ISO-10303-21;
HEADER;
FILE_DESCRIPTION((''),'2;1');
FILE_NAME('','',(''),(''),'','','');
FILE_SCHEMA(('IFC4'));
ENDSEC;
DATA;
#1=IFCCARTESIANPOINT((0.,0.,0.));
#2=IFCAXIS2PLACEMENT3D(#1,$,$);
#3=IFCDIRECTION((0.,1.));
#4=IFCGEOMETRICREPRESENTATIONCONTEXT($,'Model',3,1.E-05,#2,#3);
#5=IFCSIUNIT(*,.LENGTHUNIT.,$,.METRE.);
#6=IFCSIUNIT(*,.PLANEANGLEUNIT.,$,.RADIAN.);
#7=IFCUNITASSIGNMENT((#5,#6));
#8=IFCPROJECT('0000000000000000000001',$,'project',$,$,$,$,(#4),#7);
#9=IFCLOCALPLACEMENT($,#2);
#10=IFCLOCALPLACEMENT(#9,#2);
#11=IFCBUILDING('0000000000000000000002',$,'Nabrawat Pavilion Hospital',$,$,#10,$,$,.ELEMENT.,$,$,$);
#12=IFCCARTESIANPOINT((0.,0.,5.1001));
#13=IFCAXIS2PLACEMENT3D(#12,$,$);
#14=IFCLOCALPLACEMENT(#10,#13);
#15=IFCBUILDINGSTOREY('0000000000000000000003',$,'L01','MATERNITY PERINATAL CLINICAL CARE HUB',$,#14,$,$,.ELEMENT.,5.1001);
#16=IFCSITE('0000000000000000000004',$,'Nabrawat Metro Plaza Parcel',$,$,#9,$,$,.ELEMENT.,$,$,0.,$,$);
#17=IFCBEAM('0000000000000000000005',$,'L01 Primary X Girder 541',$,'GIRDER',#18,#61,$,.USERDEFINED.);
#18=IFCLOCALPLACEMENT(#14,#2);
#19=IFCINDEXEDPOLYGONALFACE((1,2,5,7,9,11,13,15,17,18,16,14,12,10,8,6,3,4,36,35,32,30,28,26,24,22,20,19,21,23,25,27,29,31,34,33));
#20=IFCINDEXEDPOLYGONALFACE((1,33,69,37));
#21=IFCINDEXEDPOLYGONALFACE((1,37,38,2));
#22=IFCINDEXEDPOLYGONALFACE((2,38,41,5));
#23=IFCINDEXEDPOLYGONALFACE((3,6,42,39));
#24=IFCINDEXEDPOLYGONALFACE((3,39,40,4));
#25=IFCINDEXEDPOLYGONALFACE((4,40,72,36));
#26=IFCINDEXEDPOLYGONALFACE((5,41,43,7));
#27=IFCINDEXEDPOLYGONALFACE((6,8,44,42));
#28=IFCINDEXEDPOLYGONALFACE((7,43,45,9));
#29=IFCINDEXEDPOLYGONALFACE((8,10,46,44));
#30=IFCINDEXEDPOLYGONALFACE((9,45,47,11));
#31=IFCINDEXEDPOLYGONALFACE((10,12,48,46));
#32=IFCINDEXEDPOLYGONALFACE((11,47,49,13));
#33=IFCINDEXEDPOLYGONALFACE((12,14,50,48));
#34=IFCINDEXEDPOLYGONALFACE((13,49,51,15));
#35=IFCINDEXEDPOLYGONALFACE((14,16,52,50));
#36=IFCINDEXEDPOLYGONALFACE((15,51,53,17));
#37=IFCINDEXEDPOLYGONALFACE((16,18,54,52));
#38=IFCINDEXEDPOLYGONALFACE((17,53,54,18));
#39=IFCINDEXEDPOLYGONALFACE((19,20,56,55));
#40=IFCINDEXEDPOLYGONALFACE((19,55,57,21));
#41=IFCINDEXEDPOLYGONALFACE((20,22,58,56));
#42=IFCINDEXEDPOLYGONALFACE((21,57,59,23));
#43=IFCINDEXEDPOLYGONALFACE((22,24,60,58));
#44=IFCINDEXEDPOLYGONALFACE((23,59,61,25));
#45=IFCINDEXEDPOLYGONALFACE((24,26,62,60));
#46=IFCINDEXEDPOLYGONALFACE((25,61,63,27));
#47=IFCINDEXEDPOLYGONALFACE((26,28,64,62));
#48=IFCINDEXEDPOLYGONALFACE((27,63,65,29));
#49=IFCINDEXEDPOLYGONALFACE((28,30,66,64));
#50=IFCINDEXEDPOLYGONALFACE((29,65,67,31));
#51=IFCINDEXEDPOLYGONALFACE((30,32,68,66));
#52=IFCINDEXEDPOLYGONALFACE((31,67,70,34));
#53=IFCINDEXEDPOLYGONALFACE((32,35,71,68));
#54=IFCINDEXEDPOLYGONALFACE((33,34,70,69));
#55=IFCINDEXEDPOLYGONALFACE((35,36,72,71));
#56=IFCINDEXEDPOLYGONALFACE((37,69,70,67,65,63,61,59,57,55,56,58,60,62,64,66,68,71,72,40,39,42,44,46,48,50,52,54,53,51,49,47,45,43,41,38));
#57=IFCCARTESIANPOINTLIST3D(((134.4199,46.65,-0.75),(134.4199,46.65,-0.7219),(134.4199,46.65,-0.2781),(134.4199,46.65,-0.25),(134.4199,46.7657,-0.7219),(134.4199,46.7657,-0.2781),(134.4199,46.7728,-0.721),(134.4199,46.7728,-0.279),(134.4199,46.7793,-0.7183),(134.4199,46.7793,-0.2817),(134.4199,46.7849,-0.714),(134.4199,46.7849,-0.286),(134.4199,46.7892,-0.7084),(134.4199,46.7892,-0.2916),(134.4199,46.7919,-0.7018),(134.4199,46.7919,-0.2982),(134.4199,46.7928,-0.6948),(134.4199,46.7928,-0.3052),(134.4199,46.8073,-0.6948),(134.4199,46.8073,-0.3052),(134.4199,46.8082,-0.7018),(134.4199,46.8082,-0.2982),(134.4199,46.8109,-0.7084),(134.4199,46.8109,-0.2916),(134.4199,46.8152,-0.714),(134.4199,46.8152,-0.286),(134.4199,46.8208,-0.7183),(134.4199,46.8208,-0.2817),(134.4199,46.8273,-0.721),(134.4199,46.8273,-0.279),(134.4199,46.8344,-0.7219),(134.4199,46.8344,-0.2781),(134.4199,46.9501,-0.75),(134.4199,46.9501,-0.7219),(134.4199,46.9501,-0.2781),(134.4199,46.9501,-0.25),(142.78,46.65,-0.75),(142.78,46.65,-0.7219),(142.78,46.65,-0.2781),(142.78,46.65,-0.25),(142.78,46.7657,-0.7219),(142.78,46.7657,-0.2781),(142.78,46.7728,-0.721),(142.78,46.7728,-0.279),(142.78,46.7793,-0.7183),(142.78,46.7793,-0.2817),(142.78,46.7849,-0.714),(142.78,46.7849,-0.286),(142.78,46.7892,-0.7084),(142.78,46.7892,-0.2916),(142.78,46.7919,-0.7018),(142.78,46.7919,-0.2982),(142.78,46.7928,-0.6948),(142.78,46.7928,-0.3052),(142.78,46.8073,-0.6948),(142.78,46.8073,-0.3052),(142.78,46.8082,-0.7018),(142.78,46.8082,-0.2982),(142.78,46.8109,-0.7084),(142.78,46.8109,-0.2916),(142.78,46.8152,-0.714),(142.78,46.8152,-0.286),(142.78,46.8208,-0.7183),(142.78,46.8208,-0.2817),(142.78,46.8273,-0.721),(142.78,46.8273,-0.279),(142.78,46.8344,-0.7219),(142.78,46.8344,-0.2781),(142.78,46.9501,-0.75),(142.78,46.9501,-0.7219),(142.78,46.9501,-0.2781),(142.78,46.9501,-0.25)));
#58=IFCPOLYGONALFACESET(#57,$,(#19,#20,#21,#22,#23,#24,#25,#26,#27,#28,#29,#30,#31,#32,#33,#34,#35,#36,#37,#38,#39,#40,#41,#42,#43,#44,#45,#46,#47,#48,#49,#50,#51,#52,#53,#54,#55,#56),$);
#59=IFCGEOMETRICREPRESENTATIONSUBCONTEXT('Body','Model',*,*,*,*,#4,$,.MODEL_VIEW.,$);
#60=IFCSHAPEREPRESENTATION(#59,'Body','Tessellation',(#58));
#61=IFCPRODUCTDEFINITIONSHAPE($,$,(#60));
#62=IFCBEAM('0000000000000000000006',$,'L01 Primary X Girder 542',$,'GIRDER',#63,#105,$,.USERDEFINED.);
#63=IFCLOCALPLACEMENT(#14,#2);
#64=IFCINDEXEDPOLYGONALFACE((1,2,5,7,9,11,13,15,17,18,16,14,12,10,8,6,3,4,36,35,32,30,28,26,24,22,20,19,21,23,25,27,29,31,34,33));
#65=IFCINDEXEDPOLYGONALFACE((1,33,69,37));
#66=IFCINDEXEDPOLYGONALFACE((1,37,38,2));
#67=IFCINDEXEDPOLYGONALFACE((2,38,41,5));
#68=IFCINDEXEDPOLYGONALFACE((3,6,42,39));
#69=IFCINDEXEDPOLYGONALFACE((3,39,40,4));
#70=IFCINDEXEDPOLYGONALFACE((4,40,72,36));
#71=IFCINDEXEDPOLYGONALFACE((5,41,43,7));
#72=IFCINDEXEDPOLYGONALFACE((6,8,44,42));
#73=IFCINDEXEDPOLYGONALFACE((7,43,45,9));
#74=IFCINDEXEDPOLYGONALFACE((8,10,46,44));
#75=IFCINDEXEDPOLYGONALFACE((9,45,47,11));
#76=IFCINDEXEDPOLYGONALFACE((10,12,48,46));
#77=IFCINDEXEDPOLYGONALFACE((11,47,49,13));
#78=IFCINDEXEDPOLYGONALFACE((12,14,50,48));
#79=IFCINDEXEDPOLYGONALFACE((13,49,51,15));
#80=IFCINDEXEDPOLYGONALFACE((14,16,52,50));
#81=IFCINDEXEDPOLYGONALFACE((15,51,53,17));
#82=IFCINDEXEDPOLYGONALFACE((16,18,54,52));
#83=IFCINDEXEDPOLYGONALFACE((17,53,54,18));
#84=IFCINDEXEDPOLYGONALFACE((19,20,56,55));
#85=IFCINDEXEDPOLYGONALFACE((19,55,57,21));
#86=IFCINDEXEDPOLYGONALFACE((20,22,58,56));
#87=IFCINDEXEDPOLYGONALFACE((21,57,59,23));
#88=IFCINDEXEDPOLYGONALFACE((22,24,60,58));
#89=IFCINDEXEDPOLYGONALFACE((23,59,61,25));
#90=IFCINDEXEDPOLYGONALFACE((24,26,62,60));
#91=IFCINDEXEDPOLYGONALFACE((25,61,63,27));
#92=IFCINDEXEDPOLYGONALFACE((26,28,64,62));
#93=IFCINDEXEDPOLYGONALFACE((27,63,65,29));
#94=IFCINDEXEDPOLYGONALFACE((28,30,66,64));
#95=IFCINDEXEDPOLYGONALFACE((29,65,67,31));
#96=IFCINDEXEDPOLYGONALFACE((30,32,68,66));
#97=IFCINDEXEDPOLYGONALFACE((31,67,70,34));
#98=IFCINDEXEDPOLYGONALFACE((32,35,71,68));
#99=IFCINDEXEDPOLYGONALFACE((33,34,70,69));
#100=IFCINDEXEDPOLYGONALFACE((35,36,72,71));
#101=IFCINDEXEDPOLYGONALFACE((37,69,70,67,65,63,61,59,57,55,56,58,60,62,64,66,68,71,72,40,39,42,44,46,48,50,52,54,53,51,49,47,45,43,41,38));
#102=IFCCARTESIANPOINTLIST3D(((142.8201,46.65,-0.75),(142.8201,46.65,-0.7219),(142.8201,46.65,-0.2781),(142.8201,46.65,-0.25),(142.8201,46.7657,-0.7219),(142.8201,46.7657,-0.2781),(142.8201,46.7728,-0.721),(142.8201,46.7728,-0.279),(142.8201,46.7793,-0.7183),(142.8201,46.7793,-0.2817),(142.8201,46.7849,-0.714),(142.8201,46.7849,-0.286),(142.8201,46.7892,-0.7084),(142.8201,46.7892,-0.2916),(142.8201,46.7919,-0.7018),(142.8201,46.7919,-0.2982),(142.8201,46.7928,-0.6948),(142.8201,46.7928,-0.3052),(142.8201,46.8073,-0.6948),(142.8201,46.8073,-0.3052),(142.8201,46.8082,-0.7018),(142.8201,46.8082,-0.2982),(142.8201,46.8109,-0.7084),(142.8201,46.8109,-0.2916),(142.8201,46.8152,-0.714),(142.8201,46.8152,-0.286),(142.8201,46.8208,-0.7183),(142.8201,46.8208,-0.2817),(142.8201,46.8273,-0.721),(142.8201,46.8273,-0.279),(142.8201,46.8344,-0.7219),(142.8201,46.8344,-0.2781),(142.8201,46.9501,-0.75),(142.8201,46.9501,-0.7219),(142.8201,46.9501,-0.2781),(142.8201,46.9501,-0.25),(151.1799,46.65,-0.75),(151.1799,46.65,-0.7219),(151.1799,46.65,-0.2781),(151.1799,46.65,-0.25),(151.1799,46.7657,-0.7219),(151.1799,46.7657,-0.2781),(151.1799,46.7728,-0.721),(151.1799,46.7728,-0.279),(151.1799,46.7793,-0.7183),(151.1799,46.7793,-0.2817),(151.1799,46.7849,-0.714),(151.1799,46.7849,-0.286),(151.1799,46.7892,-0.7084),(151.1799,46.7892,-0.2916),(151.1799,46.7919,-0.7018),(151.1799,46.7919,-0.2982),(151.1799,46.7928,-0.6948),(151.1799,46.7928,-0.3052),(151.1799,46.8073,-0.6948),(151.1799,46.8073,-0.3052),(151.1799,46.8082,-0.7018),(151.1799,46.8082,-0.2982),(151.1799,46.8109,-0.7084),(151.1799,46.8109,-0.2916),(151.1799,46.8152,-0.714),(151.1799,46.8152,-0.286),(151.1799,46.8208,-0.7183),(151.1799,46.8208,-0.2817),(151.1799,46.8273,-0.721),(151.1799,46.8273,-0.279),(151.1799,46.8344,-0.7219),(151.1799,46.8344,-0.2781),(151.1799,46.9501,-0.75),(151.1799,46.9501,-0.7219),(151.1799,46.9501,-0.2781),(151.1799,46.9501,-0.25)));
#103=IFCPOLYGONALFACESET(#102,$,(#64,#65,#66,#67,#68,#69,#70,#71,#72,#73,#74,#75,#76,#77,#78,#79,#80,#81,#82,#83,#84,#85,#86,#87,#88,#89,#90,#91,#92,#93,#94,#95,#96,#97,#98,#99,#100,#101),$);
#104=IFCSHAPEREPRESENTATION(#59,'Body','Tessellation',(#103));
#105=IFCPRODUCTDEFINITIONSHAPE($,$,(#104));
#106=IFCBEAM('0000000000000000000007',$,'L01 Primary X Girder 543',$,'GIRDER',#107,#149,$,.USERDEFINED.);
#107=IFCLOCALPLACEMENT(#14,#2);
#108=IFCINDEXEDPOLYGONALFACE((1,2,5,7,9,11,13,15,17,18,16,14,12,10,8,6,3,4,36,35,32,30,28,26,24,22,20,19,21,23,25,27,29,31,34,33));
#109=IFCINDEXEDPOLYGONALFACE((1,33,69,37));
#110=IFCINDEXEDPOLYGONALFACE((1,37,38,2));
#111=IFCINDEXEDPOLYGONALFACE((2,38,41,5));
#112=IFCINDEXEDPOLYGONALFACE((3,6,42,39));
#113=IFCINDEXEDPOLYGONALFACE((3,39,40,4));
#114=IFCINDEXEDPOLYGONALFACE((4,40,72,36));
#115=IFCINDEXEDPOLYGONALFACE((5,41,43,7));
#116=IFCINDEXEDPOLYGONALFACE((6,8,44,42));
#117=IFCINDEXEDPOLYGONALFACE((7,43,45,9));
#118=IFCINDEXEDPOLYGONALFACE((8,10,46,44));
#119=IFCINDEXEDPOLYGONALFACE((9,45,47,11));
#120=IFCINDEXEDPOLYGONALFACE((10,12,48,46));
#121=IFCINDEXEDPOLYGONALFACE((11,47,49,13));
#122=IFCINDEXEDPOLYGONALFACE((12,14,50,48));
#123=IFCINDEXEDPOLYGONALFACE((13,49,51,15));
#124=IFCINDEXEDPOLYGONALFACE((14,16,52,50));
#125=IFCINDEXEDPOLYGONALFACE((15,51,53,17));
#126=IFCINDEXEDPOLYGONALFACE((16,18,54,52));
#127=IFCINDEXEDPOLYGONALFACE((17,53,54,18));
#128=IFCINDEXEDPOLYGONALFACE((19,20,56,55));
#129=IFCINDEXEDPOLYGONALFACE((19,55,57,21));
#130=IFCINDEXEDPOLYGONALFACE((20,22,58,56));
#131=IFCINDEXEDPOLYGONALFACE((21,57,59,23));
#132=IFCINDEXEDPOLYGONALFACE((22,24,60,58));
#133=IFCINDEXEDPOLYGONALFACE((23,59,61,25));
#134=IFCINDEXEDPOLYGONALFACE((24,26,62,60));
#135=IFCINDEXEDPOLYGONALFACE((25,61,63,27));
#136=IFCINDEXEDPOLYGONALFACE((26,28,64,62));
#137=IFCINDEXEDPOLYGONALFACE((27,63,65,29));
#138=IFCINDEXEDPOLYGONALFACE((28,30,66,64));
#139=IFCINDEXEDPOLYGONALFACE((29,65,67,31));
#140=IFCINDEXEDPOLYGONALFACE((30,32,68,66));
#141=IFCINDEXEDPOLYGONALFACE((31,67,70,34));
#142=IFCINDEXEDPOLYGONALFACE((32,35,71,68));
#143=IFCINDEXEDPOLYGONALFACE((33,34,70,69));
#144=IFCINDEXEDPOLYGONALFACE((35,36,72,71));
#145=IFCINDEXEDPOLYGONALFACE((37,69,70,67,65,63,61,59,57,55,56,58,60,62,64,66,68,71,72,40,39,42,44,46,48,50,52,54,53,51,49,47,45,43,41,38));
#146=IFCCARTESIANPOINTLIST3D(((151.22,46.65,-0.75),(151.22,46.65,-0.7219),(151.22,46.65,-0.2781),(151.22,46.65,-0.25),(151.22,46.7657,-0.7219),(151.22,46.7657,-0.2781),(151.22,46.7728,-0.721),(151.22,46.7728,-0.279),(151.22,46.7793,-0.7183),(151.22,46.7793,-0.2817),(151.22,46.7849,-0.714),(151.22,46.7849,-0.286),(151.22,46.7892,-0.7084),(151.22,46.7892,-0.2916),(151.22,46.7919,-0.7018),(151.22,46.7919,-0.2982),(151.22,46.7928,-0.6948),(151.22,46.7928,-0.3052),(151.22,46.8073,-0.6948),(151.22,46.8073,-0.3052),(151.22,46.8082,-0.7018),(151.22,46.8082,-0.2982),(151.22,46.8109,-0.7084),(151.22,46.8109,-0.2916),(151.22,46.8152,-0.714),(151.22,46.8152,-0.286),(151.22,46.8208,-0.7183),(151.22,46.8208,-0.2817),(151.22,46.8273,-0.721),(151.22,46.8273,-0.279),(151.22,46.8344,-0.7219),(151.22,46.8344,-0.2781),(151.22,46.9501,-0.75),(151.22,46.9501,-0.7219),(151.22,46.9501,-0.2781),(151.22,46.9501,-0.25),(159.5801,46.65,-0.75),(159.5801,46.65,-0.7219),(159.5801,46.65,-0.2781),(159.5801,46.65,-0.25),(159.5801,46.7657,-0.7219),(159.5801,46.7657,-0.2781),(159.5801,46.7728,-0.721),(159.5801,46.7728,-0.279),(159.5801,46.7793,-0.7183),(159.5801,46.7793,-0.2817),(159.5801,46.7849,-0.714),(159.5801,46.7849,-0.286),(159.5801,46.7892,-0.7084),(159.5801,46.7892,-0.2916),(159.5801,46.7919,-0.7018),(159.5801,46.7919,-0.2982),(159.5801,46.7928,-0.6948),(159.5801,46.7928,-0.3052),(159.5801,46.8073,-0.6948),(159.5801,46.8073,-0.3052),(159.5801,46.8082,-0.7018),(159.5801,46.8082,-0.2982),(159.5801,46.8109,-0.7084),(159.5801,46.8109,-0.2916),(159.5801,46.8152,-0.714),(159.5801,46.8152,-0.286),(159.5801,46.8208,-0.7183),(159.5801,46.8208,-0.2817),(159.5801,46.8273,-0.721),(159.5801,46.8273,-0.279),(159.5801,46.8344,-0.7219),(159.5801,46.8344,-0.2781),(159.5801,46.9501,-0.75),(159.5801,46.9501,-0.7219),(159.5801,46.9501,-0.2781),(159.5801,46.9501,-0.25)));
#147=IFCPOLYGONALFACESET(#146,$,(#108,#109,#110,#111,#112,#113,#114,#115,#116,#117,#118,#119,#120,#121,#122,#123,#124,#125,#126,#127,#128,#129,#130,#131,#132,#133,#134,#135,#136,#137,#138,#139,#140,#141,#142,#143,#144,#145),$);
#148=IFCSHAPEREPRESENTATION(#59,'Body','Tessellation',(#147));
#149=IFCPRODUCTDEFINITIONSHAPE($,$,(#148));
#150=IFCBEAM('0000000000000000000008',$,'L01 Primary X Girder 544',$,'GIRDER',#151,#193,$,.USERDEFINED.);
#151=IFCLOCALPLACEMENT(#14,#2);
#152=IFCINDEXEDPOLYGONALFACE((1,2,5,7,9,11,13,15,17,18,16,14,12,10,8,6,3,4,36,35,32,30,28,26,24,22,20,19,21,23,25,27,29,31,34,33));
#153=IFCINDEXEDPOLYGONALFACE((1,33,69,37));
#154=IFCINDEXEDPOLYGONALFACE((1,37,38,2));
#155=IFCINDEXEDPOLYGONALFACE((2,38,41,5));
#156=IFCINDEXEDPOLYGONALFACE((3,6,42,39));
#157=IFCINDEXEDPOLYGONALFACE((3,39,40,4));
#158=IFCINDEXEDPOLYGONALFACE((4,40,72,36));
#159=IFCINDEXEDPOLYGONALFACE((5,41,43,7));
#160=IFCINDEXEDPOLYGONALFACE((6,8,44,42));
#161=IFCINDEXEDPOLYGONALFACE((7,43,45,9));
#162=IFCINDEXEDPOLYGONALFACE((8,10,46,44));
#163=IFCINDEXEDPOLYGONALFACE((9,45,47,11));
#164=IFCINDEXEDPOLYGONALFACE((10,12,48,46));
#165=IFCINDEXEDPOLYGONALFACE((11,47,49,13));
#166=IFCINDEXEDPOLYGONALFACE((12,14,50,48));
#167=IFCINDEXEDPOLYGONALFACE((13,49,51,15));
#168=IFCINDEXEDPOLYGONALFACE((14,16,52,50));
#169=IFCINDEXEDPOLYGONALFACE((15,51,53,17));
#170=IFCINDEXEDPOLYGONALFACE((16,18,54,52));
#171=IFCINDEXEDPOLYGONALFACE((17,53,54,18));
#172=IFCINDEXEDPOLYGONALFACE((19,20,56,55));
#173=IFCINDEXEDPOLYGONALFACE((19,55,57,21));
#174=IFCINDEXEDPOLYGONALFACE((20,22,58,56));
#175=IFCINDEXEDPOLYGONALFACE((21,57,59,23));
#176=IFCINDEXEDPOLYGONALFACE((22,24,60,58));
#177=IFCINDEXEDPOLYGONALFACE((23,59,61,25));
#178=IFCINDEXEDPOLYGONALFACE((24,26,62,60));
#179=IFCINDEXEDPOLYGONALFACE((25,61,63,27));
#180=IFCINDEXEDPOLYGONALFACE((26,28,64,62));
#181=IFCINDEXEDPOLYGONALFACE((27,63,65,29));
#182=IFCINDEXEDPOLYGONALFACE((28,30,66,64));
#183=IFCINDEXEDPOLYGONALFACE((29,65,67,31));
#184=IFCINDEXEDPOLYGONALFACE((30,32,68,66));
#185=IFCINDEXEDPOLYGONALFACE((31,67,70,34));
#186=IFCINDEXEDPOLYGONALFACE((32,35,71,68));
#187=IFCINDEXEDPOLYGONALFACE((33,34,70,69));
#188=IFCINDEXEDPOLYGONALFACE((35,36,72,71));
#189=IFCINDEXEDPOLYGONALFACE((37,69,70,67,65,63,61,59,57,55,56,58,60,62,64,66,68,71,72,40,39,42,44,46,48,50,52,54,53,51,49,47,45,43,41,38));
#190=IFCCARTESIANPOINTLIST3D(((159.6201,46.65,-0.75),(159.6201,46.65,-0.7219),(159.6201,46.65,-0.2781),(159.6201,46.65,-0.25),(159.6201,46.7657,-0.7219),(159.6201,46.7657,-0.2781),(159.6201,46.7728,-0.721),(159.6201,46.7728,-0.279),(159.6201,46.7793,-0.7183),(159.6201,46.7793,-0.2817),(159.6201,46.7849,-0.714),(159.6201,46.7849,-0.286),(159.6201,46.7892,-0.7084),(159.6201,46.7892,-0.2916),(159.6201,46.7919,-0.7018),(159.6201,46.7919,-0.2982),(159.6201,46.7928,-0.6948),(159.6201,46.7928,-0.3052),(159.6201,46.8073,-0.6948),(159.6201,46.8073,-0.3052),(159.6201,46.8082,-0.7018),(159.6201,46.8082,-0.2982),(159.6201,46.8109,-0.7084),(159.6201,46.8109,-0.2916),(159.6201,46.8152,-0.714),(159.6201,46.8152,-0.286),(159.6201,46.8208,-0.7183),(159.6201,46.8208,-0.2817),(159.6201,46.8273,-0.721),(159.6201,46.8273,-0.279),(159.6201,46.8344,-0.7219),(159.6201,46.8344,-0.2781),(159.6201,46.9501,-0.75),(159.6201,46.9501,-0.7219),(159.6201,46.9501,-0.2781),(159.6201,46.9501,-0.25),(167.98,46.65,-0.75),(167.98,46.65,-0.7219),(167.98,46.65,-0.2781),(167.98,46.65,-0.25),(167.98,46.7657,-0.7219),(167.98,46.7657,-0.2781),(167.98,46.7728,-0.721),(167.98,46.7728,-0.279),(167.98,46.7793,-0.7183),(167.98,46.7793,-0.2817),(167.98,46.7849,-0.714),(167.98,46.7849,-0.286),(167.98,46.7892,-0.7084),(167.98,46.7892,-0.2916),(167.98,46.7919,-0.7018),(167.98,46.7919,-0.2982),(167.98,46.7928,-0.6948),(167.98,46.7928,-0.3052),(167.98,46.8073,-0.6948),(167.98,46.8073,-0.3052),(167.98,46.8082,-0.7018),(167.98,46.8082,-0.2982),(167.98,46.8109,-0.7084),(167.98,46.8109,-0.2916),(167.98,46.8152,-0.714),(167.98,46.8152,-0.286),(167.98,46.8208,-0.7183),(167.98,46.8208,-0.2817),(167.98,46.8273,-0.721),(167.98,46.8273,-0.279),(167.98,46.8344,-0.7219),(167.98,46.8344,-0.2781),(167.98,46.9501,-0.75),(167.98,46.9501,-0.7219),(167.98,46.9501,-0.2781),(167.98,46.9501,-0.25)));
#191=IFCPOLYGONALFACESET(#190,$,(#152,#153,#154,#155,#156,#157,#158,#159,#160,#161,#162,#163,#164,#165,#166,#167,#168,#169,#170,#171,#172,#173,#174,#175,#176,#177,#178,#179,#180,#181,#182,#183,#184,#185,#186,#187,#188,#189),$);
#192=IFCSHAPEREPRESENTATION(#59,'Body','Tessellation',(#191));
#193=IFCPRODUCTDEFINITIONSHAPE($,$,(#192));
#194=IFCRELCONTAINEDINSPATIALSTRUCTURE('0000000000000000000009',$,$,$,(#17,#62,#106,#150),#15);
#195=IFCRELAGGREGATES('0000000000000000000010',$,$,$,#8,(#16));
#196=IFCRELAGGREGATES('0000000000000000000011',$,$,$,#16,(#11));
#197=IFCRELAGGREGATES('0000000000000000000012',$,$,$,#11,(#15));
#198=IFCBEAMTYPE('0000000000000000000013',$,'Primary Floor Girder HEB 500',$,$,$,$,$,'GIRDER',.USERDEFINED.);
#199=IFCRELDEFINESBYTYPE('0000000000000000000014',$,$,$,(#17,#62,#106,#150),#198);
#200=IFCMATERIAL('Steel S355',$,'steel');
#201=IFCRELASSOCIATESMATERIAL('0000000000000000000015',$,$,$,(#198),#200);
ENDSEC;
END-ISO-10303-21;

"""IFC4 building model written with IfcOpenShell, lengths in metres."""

from ifc_helpers import new_model, si_unit, direction, frame, origin, origin_2d, place, context, subcontext, project, spatial, i_section, extrude, material, material_profile, profile_set, type_object, element, save


model = new_model("IFC4")

# Units and contexts
model_context = context("Model", 3, precision=1e-05, world=origin(), true_north=direction((0.0, 1.0)))
body_context = subcontext(model_context, "Body", "Model", "MODEL_VIEW")
ifc_project = project(units=[si_unit("LENGTHUNIT", "METRE"), si_unit("PLANEANGLEUNIT", "RADIAN")], contexts=[model_context])

# Site, building, storey
site_placement = place(None, origin())
site = spatial("IfcSite", under=ifc_project, at=site_placement, Name="Nabrawat Metro Plaza Parcel", CompositionType="ELEMENT", RefElevation=0.0)
building_placement = place(site_placement, origin())
building = spatial("IfcBuilding", under=site, at=building_placement, Name="Nabrawat Pavilion Hospital", CompositionType="ELEMENT")
storey_placement = place(building_placement, frame((0.0, 0.0, 5.1001)))
storey = spatial("IfcBuildingStorey", under=building, at=storey_placement, Name="L01", Description="MATERNITY PERINATAL CLINICAL CARE HUB", CompositionType="ELEMENT", Elevation=5.1001)

# Shared definitions
ifc_material_1 = material(Name="Steel S355", Category="steel")

# Beams
ifc_material_profile_1 = material_profile(ifc_material_1, i_section(OverallWidth=0.3, OverallDepth=0.5, WebThickness=0.0144, FlangeThickness=0.0281, FilletRadius=0.0271, at=origin_2d()), Name="HEB 500")
ifc_profile_set_1 = profile_set([ifc_material_profile_1], Name="Steel S355")
beam_type_1 = type_object("IfcBeamType", Name="Primary Floor Girder HEB 500", ElementType="GIRDER", PredefinedType="USERDEFINED", material=ifc_profile_set_1)
beam_1_placement = place(storey_placement, frame((134.4199, 46.8, -0.5), z_axis=(1.0, 0.0, 0.0), x_axis=(0.0, 1.0, 0.0)))
element("IfcBeam", 1, at=beam_1_placement, inside=storey, type_object=beam_type_1, Name="L01 Primary X Girder 541", ObjectType="GIRDER", PredefinedType="USERDEFINED", context=body_context, shape_type="SweptSolid", body=[
    extrude(i_section(OverallWidth=0.3, OverallDepth=0.5, WebThickness=0.0144, FlangeThickness=0.0281, FilletRadius=0.0271, at=origin_2d()), origin(), (0.0, 0.0, 1.0), 8.3601),
])
beam_2_placement = place(storey_placement, frame((142.8201, 46.8, -0.5), z_axis=(1.0, 0.0, 0.0), x_axis=(0.0, 1.0, 0.0)))
element("IfcBeam", 2, at=beam_2_placement, inside=storey, type_object=beam_type_1, Name="L01 Primary X Girder 542", ObjectType="GIRDER", PredefinedType="USERDEFINED", context=body_context, shape_type="SweptSolid", body=[
    extrude(i_section(OverallWidth=0.3, OverallDepth=0.5, WebThickness=0.0144, FlangeThickness=0.0281, FilletRadius=0.0271, at=origin_2d()), origin(), (0.0, 0.0, 1.0), 8.3599),
])
beam_3_placement = place(storey_placement, frame((151.22, 46.8, -0.5), z_axis=(1.0, 0.0, 0.0), x_axis=(0.0, 1.0, 0.0)))
element("IfcBeam", 3, at=beam_3_placement, inside=storey, type_object=beam_type_1, Name="L01 Primary X Girder 543", ObjectType="GIRDER", PredefinedType="USERDEFINED", context=body_context, shape_type="SweptSolid", body=[
    extrude(i_section(OverallWidth=0.3, OverallDepth=0.5, WebThickness=0.0144, FlangeThickness=0.0281, FilletRadius=0.0271, at=origin_2d()), origin(), (0.0, 0.0, 1.0), 8.3601),
])
beam_4_placement = place(storey_placement, frame((159.6201, 46.8, -0.5), z_axis=(1.0, 0.0, 0.0), x_axis=(0.0, 1.0, 0.0)))
element("IfcBeam", 4, at=beam_4_placement, inside=storey, type_object=beam_type_1, Name="L01 Primary X Girder 544", ObjectType="GIRDER", PredefinedType="USERDEFINED", context=body_context, shape_type="SweptSolid", body=[
    extrude(i_section(OverallWidth=0.3, OverallDepth=0.5, WebThickness=0.0144, FlangeThickness=0.0281, FilletRadius=0.0271, at=origin_2d()), origin(), (0.0, 0.0, 1.0), 8.3599),
])

save(model, "model.ifc")
